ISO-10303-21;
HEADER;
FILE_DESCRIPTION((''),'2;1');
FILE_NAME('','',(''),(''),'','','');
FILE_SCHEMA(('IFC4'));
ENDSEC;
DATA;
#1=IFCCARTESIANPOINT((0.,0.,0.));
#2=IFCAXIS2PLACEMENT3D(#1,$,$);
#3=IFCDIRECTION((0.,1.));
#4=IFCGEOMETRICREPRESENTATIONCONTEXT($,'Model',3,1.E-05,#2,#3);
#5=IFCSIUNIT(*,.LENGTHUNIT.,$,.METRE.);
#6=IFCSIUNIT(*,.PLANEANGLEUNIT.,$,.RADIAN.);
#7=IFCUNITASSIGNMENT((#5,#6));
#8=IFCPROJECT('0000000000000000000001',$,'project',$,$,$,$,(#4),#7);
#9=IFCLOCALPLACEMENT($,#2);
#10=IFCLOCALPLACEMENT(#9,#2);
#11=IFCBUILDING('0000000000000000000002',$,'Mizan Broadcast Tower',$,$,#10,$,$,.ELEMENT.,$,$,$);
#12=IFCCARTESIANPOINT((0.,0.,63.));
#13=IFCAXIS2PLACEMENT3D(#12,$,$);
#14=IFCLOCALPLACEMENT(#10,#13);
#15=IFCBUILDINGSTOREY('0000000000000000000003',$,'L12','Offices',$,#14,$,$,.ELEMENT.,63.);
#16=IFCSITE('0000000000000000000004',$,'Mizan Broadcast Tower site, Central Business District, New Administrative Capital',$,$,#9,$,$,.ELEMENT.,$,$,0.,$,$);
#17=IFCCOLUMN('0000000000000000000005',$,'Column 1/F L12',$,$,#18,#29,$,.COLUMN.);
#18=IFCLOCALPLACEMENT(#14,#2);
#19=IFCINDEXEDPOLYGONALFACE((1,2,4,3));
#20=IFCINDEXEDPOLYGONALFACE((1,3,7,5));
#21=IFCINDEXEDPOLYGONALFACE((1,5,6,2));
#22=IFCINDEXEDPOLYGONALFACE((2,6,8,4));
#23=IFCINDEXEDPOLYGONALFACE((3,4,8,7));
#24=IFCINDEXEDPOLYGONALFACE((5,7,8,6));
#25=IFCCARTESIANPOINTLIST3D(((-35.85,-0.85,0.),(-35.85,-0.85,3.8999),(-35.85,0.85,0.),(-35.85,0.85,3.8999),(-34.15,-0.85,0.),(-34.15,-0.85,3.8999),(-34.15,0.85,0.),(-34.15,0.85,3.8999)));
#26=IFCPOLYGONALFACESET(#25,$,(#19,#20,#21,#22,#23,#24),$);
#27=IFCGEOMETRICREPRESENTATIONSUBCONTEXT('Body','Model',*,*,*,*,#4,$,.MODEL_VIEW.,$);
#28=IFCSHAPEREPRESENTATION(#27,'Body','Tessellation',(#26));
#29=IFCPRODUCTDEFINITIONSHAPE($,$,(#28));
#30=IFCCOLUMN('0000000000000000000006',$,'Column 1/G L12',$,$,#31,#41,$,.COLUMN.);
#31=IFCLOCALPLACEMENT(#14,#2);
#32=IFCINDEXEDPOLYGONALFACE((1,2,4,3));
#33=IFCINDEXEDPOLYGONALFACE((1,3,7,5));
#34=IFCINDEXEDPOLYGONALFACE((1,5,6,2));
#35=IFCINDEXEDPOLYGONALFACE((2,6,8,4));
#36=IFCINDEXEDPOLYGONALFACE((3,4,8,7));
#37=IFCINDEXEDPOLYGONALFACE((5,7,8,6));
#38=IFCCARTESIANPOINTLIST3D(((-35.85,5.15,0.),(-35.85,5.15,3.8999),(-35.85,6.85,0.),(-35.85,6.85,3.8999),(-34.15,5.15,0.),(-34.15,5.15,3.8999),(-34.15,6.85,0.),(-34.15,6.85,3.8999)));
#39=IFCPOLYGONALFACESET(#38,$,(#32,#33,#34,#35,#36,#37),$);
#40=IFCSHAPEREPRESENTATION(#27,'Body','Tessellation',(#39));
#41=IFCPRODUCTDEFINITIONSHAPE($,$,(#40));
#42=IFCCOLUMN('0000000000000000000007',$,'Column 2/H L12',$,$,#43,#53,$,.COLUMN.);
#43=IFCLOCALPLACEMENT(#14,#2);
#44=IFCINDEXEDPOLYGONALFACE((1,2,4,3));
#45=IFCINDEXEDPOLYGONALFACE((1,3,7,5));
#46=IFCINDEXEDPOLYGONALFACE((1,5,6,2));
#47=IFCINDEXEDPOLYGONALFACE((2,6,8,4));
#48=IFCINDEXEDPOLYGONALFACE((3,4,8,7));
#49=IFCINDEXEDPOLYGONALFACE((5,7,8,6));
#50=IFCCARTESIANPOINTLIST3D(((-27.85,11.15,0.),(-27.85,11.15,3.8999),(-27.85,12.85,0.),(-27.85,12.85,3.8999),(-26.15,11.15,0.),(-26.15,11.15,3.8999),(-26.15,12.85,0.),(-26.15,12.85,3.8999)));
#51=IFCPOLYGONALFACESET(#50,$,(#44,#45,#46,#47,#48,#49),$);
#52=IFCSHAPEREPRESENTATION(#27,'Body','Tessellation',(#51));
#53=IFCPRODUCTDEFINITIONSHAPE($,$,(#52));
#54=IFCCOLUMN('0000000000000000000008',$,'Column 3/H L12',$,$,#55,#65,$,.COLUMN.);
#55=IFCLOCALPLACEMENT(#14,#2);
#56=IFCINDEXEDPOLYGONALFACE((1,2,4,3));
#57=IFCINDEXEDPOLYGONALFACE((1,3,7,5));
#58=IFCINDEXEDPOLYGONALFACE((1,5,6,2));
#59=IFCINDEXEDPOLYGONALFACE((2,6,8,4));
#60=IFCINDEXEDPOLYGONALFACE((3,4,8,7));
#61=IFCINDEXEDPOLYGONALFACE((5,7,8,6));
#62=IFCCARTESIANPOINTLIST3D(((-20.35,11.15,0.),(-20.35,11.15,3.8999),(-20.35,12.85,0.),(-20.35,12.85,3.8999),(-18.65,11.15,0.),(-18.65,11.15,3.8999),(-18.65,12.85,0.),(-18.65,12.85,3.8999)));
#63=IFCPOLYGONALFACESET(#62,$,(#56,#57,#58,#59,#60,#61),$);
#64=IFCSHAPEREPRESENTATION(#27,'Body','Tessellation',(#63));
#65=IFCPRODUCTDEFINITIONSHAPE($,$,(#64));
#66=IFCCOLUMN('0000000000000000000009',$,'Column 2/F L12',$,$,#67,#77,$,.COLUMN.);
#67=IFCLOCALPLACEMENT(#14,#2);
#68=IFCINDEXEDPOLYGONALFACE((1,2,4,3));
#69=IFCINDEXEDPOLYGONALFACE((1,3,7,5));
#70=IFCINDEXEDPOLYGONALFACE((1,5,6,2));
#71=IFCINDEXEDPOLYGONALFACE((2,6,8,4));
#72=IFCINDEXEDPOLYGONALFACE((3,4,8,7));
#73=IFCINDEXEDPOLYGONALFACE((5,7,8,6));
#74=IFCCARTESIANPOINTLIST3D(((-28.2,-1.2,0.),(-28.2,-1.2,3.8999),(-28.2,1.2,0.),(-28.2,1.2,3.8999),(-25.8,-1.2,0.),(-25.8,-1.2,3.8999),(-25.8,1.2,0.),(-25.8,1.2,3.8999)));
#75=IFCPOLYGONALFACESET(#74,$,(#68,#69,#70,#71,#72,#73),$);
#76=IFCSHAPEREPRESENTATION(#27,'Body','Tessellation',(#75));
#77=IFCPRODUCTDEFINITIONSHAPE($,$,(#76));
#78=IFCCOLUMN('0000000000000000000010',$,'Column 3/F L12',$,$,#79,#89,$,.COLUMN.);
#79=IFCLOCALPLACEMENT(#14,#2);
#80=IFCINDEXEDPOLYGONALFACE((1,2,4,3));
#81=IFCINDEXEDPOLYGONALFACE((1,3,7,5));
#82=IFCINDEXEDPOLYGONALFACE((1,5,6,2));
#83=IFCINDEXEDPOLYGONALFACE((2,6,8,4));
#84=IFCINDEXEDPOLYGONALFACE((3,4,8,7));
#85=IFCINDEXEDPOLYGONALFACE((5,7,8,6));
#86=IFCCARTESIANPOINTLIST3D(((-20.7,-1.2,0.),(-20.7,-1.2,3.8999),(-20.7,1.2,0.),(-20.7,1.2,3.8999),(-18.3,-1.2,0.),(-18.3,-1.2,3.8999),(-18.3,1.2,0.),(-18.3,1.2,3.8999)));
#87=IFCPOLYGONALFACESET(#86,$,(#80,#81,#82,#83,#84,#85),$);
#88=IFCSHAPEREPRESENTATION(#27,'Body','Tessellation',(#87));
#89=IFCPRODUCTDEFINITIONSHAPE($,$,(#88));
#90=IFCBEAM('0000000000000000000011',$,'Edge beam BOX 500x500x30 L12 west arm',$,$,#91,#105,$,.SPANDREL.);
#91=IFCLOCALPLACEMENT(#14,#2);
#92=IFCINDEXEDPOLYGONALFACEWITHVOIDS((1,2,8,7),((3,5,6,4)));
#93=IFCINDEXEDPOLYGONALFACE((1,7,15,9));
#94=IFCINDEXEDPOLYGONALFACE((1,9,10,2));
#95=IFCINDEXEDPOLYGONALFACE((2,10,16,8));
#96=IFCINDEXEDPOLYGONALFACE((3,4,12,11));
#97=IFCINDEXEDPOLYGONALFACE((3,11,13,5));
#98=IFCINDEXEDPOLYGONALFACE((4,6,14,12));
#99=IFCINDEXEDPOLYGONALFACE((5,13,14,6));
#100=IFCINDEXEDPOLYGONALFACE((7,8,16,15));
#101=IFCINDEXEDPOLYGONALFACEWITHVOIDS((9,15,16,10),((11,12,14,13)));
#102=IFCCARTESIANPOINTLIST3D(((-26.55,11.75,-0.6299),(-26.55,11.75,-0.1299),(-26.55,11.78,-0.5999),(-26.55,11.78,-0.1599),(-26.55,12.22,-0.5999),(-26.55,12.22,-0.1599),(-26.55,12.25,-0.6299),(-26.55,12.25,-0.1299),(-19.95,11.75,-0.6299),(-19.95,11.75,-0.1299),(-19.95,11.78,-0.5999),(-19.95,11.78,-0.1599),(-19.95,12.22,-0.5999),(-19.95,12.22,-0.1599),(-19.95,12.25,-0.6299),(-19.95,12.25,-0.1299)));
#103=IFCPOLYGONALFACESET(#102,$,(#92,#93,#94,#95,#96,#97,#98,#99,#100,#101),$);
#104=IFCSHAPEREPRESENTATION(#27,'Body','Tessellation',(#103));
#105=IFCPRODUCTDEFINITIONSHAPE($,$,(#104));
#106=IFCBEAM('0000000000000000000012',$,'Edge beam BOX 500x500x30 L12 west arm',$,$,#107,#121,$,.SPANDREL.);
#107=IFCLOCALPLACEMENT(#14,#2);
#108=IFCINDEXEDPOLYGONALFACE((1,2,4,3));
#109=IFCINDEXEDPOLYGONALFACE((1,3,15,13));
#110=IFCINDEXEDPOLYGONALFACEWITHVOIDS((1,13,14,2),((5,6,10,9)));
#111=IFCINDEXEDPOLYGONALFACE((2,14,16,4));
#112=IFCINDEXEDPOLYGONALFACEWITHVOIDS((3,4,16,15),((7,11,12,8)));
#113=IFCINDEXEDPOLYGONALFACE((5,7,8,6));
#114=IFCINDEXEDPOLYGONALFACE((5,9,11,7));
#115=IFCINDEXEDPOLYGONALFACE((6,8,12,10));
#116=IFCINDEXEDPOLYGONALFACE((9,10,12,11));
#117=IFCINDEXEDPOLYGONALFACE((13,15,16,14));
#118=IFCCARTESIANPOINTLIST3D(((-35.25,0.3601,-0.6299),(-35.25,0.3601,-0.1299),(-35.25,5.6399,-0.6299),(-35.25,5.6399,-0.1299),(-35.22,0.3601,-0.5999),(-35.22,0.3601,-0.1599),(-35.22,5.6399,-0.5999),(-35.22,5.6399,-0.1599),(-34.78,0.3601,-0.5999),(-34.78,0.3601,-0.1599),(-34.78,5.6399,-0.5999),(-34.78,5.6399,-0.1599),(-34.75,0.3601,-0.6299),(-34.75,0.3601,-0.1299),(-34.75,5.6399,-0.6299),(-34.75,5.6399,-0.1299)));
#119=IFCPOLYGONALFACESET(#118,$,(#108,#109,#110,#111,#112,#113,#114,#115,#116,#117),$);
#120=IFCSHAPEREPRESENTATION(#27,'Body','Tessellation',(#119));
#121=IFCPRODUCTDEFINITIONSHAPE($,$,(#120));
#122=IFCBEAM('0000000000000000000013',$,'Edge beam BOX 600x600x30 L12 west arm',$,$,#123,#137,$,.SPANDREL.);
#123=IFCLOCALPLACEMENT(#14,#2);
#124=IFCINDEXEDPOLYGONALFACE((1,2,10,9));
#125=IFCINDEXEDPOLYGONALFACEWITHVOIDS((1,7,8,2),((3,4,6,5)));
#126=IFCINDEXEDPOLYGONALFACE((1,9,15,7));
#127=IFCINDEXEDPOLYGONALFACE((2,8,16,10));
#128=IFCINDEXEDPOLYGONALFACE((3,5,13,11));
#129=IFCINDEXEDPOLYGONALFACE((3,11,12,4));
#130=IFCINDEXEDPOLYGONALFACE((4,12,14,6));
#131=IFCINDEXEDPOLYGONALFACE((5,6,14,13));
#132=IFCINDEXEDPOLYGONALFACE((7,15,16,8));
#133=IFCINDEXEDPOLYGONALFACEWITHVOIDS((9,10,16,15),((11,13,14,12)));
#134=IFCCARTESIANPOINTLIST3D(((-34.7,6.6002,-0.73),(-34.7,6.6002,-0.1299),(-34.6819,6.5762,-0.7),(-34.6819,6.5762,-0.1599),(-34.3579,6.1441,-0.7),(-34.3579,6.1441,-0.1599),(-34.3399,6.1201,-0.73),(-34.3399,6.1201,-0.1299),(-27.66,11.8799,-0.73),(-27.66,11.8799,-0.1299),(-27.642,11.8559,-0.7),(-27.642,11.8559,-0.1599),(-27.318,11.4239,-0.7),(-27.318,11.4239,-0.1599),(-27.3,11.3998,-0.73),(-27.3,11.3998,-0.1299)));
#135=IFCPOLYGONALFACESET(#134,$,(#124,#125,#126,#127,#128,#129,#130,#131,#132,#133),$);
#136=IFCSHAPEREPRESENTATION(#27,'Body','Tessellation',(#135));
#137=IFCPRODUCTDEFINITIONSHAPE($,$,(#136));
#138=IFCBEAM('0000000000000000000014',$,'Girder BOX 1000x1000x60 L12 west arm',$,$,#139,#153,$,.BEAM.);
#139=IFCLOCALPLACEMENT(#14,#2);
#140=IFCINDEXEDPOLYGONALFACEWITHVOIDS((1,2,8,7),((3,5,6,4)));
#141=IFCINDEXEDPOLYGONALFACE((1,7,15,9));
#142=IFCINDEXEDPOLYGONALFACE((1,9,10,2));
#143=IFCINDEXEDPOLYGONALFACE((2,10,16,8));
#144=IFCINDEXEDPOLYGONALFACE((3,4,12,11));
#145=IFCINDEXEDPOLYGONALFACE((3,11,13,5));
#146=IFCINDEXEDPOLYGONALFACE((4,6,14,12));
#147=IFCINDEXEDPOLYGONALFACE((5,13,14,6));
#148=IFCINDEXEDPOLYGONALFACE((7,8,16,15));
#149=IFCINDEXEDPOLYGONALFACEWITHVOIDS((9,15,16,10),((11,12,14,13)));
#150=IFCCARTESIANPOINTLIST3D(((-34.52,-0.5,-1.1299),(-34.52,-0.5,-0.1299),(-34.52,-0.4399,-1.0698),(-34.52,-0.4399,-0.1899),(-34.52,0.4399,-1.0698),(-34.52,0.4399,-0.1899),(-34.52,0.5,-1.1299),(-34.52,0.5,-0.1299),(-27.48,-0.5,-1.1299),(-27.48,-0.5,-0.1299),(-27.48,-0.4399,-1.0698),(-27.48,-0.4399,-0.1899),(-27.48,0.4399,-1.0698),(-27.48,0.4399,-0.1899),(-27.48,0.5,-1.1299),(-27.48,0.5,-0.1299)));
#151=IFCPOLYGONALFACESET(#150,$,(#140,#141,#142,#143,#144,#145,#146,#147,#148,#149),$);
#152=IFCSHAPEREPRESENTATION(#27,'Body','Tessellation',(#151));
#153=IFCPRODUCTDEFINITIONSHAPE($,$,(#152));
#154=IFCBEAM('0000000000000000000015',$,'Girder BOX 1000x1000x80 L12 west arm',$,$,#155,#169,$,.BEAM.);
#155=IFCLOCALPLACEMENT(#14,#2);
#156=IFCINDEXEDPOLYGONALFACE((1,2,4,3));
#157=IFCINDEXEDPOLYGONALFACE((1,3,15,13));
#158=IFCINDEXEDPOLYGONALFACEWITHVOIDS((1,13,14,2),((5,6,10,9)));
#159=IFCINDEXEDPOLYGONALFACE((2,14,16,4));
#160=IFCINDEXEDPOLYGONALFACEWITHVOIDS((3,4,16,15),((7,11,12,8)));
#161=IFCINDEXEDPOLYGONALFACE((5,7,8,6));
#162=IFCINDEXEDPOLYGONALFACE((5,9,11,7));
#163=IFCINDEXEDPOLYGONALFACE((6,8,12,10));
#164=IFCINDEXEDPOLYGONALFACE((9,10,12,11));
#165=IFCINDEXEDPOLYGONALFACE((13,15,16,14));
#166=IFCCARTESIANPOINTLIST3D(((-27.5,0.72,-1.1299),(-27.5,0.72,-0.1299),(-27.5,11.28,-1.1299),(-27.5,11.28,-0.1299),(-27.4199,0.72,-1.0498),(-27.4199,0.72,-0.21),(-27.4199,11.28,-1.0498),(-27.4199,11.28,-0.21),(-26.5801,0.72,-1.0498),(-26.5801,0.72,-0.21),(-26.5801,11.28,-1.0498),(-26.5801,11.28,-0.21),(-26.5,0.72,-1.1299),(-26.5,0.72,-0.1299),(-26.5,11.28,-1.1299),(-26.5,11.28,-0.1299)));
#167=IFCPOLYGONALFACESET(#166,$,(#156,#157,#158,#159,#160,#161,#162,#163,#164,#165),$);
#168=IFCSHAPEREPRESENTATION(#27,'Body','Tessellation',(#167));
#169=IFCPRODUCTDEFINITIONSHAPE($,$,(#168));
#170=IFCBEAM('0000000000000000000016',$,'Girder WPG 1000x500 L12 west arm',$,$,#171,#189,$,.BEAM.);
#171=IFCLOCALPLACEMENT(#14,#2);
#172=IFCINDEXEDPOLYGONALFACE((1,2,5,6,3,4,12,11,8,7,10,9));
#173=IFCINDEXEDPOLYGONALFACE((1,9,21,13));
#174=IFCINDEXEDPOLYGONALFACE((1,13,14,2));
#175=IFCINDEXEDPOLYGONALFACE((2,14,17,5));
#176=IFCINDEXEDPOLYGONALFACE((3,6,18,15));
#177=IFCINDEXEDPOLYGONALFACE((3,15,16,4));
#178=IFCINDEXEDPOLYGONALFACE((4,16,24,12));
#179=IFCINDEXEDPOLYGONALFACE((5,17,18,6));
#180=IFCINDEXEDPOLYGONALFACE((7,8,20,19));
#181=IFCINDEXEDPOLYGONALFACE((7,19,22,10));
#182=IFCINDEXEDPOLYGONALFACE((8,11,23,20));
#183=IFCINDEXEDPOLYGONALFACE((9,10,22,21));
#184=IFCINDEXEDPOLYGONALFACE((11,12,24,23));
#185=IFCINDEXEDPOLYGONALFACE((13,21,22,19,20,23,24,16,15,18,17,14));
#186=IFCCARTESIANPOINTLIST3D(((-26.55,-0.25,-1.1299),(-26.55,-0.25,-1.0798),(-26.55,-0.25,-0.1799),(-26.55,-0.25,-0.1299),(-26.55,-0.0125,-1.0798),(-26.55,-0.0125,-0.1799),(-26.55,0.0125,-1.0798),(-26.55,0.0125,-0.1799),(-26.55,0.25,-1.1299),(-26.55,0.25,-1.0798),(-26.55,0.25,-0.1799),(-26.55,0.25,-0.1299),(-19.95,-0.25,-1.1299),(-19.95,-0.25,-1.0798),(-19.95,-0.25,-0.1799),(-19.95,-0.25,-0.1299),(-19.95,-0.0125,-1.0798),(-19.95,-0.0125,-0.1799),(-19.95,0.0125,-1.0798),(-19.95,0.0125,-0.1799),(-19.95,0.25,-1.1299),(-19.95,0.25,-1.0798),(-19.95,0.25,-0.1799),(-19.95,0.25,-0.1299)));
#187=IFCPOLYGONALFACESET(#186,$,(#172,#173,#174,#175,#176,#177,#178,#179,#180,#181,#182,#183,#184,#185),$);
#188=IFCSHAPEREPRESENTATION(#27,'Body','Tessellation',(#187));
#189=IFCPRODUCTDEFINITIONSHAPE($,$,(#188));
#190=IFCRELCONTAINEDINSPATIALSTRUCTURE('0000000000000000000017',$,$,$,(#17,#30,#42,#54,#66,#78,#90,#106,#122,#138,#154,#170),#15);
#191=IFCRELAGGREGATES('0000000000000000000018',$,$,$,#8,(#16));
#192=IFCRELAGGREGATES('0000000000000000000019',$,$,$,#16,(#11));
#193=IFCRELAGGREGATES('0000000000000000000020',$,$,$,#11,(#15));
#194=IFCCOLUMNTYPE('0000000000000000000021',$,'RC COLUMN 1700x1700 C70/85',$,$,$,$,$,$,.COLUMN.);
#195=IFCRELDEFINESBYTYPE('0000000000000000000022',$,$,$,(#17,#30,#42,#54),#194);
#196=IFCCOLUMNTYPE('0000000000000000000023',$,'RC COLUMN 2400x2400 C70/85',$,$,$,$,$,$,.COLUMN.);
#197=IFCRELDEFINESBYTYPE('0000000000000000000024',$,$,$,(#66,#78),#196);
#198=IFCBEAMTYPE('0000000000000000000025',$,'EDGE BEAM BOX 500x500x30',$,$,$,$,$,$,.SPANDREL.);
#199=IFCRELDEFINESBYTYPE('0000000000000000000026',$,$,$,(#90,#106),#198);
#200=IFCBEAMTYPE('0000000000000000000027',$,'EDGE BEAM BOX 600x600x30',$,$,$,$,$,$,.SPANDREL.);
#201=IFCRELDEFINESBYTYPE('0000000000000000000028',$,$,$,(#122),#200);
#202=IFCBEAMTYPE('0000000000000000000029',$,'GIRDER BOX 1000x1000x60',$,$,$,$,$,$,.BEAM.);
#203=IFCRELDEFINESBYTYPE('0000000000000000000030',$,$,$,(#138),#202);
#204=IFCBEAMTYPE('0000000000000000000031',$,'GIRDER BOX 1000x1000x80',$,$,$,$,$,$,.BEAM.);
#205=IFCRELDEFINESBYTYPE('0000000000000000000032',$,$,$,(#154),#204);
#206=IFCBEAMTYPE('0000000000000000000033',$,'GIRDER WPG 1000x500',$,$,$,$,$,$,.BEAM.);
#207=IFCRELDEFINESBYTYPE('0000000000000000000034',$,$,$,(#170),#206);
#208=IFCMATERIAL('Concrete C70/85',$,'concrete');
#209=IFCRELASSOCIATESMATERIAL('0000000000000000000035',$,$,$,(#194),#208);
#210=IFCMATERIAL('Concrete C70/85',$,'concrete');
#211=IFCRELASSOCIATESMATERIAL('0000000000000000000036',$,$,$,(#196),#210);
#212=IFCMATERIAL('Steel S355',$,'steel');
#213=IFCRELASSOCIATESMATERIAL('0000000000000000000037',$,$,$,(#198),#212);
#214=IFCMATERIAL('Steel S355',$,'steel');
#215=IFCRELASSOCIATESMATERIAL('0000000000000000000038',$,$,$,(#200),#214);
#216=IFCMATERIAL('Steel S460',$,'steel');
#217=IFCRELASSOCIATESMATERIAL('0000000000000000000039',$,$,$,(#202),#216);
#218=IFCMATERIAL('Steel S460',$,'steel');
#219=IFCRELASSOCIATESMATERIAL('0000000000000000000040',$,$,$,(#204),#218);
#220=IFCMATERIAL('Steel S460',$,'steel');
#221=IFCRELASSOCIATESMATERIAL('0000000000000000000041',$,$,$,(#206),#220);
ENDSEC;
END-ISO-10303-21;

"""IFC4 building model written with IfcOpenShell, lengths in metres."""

from ifc_helpers import new_model, si_unit, direction, frame, origin, origin_2d, place, context, subcontext, project, spatial, rectangle, hollow_rectangle, i_section, extrude, material, material_profile, profile_set, type_object, element, save


model = new_model("IFC4")

# Units and contexts
model_context = context("Model", 3, precision=1e-05, world=origin(), true_north=direction((0.0, 1.0)))
body_context = subcontext(model_context, "Body", "Model", "MODEL_VIEW")
ifc_project = project(units=[si_unit("LENGTHUNIT", "METRE"), si_unit("PLANEANGLEUNIT", "RADIAN")], contexts=[model_context])

# Site, building, storey
site_placement = place(None, origin())
site = spatial("IfcSite", under=ifc_project, at=site_placement, Name="Mizan Broadcast Tower site, Central Business District, New Administrative Capital", CompositionType="ELEMENT", RefElevation=0.0)
building_placement = place(site_placement, origin())
building = spatial("IfcBuilding", under=site, at=building_placement, Name="Mizan Broadcast Tower", CompositionType="ELEMENT")
storey_placement = place(building_placement, frame((0.0, 0.0, 63.0)))
storey = spatial("IfcBuildingStorey", under=building, at=storey_placement, Name="L12", Description="Offices", CompositionType="ELEMENT", Elevation=63.0)

# Columns
ifc_material_1 = material(Name="Concrete C70/85", Category="concrete")
ifc_material_profile_1 = material_profile(ifc_material_1, rectangle(XDim=1.7, YDim=1.7, at=origin_2d()), Name="RC 1700x1700")
ifc_profile_set_1 = profile_set([ifc_material_profile_1], Name="Concrete C70/85")
column_type_1 = type_object("IfcColumnType", Name="RC COLUMN 1700x1700 C70/85", PredefinedType="COLUMN", material=ifc_profile_set_1)
for number, where, z_axis, x_axis, name in (
    (1, (-35.0, 0.0, 0.0), (0.0, 0.0, 1.0), (1.0, 0.0, 0.0), "Column 1/F L12"),
    (2, (-35.0, 6.0, 0.0), (0.0, 0.0, 1.0), (1.0, 0.0, 0.0), "Column 1/G L12"),
    (3, (-27.0, 12.0, 0.0), (0.0, 0.0, 1.0), (1.0, 0.0, 0.0), "Column 2/H L12"),
    (4, (-19.5, 12.0, 0.0), (0.0, 0.0, 1.0), (1.0, 0.0, 0.0), "Column 3/H L12"),
):
    element("IfcColumn", number, at=place(storey_placement, frame(where, z_axis=z_axis, x_axis=x_axis)), inside=storey, type_object=column_type_1, Name=name, PredefinedType="COLUMN", context=body_context, shape_type="SweptSolid", body=[
        extrude(rectangle(XDim=1.7, YDim=1.7, at=origin_2d()), origin(), (0.0, 0.0, 1.0), 3.8999),
    ])
ifc_material_2 = material(Name="Concrete C70/85", Category="concrete")
ifc_material_profile_2 = material_profile(ifc_material_2, rectangle(XDim=2.3999, YDim=2.3999, at=origin_2d()), Name="RC 2400x2400")
ifc_profile_set_2 = profile_set([ifc_material_profile_2], Name="Concrete C70/85")
column_type_2 = type_object("IfcColumnType", Name="RC COLUMN 2400x2400 C70/85", PredefinedType="COLUMN", material=ifc_profile_set_2)
for number, where, z_axis, x_axis, name in (
    (5, (-27.0, 0.0, 0.0), (0.0, 0.0, 1.0), (1.0, 0.0, 0.0), "Column 2/F L12"),
    (6, (-19.5, 0.0, 0.0), (0.0, 0.0, 1.0), (1.0, 0.0, 0.0), "Column 3/F L12"),
):
    element("IfcColumn", number, at=place(storey_placement, frame(where, z_axis=z_axis, x_axis=x_axis)), inside=storey, type_object=column_type_2, Name=name, PredefinedType="COLUMN", context=body_context, shape_type="SweptSolid", body=[
        extrude(rectangle(XDim=2.3999, YDim=2.3999, at=origin_2d()), origin(), (0.0, 0.0, 1.0), 3.8999),
    ])

# Beams
ifc_material_3 = material(Name="Steel S355", Category="steel")
ifc_material_profile_3 = material_profile(ifc_material_3, hollow_rectangle(XDim=0.5, YDim=0.5, WallThickness=0.03, at=origin_2d()), Name="BOX 500x500x30")
ifc_profile_set_3 = profile_set([ifc_material_profile_3], Name="Steel S355")
beam_type_1 = type_object("IfcBeamType", Name="EDGE BEAM BOX 500x500x30", PredefinedType="SPANDREL", material=ifc_profile_set_3)
beam_1_placement = place(storey_placement, frame((-19.95, 12.0, -0.3799), z_axis=(-1.0, 0.0, 0.0), x_axis=(0.0, -1.0, 0.0)))
element("IfcBeam", 7, at=beam_1_placement, inside=storey, type_object=beam_type_1, Name="Edge beam BOX 500x500x30 L12 west arm", PredefinedType="SPANDREL", context=body_context, shape_type="SweptSolid", body=[
    extrude(hollow_rectangle(XDim=0.5, YDim=0.5, WallThickness=0.03, at=origin_2d()), origin(), (0.0, 0.0, 1.0), 6.6001),
])
beam_2_placement = place(storey_placement, frame((-35.0, 5.6399, -0.3799), z_axis=(0.0, -1.0, 0.0), x_axis=(1.0, 0.0, 0.0)))
element("IfcBeam", 8, at=beam_2_placement, inside=storey, type_object=beam_type_1, Name="Edge beam BOX 500x500x30 L12 west arm", PredefinedType="SPANDREL", context=body_context, shape_type="SweptSolid", body=[
    extrude(hollow_rectangle(XDim=0.5, YDim=0.5, WallThickness=0.03, at=origin_2d()), origin(), (0.0, 0.0, 1.0), 5.2798),
])
ifc_material_4 = material(Name="Steel S355", Category="steel")
ifc_material_profile_4 = material_profile(ifc_material_4, hollow_rectangle(XDim=0.6001, YDim=0.6001, WallThickness=0.03, at=origin_2d()), Name="BOX 600x600x30")
ifc_profile_set_4 = profile_set([ifc_material_profile_4], Name="Steel S355")
beam_type_2 = type_object("IfcBeamType", Name="EDGE BEAM BOX 600x600x30", PredefinedType="SPANDREL", material=ifc_profile_set_4)
beam_3_placement = place(storey_placement, frame((-27.48, 11.6399, -0.4299), z_axis=(-0.800013, -0.599982, 0.0), x_axis=(0.599982, -0.800013, 0.0)))
element("IfcBeam", 9, at=beam_3_placement, inside=storey, type_object=beam_type_2, Name="Edge beam BOX 600x600x30 L12 west arm", PredefinedType="SPANDREL", context=body_context, shape_type="SweptSolid", body=[
    extrude(hollow_rectangle(XDim=0.6001, YDim=0.6001, WallThickness=0.03, at=origin_2d()), origin(), (0.0, 0.0, 1.0), 8.7998),
])
ifc_material_5 = material(Name="Steel S460", Category="steel")
ifc_material_profile_5 = material_profile(ifc_material_5, hollow_rectangle(XDim=1.0, YDim=1.0, WallThickness=0.0601, at=origin_2d()), Name="BOX 1000x1000x60")
ifc_profile_set_5 = profile_set([ifc_material_profile_5], Name="Steel S460")
beam_type_3 = type_object("IfcBeamType", Name="GIRDER BOX 1000x1000x60", PredefinedType="BEAM", material=ifc_profile_set_5)
beam_4_placement = place(storey_placement, frame((-27.48, 0.0, -0.6299), z_axis=(-1.0, 0.0, 0.0), x_axis=(0.0, -1.0, 0.0)))
element("IfcBeam", 10, at=beam_4_placement, inside=storey, type_object=beam_type_3, Name="Girder BOX 1000x1000x60 L12 west arm", PredefinedType="BEAM", context=body_context, shape_type="SweptSolid", body=[
    extrude(hollow_rectangle(XDim=1.0, YDim=1.0, WallThickness=0.0601, at=origin_2d()), origin(), (0.0, 0.0, 1.0), 7.04),
])
ifc_material_6 = material(Name="Steel S460", Category="steel")
ifc_material_profile_6 = material_profile(ifc_material_6, hollow_rectangle(XDim=1.0, YDim=1.0, WallThickness=0.0801, at=origin_2d()), Name="BOX 1000x1000x80")
ifc_profile_set_6 = profile_set([ifc_material_profile_6], Name="Steel S460")
beam_type_4 = type_object("IfcBeamType", Name="GIRDER BOX 1000x1000x80", PredefinedType="BEAM", material=ifc_profile_set_6)
beam_5_placement = place(storey_placement, frame((-27.0, 11.28, -0.6299), z_axis=(0.0, -1.0, 0.0), x_axis=(1.0, 0.0, 0.0)))
element("IfcBeam", 11, at=beam_5_placement, inside=storey, type_object=beam_type_4, Name="Girder BOX 1000x1000x80 L12 west arm", PredefinedType="BEAM", context=body_context, shape_type="SweptSolid", body=[
    extrude(hollow_rectangle(XDim=1.0, YDim=1.0, WallThickness=0.0801, at=origin_2d()), origin(), (0.0, 0.0, 1.0), 10.5601),
])
ifc_material_7 = material(Name="Steel S460", Category="steel")
ifc_material_profile_7 = material_profile(ifc_material_7, i_section(OverallWidth=0.5, OverallDepth=1.0, WebThickness=0.0249, FlangeThickness=0.05, at=origin_2d()), Name="WPG 1000x500")
ifc_profile_set_7 = profile_set([ifc_material_profile_7], Name="Steel S460")
beam_type_5 = type_object("IfcBeamType", Name="GIRDER WPG 1000x500", PredefinedType="BEAM", material=ifc_profile_set_7)
beam_6_placement = place(storey_placement, frame((-19.95, 0.0, -0.6299), z_axis=(-1.0, 0.0, 0.0), x_axis=(0.0, -1.0, 0.0)))
element("IfcBeam", 12, at=beam_6_placement, inside=storey, type_object=beam_type_5, Name="Girder WPG 1000x500 L12 west arm", PredefinedType="BEAM", context=body_context, shape_type="SweptSolid", body=[
    extrude(i_section(OverallWidth=0.5, OverallDepth=1.0, WebThickness=0.0249, FlangeThickness=0.05, at=origin_2d()), origin(), (0.0, 0.0, 1.0), 6.6001),
])

save(model, "model.ifc")
